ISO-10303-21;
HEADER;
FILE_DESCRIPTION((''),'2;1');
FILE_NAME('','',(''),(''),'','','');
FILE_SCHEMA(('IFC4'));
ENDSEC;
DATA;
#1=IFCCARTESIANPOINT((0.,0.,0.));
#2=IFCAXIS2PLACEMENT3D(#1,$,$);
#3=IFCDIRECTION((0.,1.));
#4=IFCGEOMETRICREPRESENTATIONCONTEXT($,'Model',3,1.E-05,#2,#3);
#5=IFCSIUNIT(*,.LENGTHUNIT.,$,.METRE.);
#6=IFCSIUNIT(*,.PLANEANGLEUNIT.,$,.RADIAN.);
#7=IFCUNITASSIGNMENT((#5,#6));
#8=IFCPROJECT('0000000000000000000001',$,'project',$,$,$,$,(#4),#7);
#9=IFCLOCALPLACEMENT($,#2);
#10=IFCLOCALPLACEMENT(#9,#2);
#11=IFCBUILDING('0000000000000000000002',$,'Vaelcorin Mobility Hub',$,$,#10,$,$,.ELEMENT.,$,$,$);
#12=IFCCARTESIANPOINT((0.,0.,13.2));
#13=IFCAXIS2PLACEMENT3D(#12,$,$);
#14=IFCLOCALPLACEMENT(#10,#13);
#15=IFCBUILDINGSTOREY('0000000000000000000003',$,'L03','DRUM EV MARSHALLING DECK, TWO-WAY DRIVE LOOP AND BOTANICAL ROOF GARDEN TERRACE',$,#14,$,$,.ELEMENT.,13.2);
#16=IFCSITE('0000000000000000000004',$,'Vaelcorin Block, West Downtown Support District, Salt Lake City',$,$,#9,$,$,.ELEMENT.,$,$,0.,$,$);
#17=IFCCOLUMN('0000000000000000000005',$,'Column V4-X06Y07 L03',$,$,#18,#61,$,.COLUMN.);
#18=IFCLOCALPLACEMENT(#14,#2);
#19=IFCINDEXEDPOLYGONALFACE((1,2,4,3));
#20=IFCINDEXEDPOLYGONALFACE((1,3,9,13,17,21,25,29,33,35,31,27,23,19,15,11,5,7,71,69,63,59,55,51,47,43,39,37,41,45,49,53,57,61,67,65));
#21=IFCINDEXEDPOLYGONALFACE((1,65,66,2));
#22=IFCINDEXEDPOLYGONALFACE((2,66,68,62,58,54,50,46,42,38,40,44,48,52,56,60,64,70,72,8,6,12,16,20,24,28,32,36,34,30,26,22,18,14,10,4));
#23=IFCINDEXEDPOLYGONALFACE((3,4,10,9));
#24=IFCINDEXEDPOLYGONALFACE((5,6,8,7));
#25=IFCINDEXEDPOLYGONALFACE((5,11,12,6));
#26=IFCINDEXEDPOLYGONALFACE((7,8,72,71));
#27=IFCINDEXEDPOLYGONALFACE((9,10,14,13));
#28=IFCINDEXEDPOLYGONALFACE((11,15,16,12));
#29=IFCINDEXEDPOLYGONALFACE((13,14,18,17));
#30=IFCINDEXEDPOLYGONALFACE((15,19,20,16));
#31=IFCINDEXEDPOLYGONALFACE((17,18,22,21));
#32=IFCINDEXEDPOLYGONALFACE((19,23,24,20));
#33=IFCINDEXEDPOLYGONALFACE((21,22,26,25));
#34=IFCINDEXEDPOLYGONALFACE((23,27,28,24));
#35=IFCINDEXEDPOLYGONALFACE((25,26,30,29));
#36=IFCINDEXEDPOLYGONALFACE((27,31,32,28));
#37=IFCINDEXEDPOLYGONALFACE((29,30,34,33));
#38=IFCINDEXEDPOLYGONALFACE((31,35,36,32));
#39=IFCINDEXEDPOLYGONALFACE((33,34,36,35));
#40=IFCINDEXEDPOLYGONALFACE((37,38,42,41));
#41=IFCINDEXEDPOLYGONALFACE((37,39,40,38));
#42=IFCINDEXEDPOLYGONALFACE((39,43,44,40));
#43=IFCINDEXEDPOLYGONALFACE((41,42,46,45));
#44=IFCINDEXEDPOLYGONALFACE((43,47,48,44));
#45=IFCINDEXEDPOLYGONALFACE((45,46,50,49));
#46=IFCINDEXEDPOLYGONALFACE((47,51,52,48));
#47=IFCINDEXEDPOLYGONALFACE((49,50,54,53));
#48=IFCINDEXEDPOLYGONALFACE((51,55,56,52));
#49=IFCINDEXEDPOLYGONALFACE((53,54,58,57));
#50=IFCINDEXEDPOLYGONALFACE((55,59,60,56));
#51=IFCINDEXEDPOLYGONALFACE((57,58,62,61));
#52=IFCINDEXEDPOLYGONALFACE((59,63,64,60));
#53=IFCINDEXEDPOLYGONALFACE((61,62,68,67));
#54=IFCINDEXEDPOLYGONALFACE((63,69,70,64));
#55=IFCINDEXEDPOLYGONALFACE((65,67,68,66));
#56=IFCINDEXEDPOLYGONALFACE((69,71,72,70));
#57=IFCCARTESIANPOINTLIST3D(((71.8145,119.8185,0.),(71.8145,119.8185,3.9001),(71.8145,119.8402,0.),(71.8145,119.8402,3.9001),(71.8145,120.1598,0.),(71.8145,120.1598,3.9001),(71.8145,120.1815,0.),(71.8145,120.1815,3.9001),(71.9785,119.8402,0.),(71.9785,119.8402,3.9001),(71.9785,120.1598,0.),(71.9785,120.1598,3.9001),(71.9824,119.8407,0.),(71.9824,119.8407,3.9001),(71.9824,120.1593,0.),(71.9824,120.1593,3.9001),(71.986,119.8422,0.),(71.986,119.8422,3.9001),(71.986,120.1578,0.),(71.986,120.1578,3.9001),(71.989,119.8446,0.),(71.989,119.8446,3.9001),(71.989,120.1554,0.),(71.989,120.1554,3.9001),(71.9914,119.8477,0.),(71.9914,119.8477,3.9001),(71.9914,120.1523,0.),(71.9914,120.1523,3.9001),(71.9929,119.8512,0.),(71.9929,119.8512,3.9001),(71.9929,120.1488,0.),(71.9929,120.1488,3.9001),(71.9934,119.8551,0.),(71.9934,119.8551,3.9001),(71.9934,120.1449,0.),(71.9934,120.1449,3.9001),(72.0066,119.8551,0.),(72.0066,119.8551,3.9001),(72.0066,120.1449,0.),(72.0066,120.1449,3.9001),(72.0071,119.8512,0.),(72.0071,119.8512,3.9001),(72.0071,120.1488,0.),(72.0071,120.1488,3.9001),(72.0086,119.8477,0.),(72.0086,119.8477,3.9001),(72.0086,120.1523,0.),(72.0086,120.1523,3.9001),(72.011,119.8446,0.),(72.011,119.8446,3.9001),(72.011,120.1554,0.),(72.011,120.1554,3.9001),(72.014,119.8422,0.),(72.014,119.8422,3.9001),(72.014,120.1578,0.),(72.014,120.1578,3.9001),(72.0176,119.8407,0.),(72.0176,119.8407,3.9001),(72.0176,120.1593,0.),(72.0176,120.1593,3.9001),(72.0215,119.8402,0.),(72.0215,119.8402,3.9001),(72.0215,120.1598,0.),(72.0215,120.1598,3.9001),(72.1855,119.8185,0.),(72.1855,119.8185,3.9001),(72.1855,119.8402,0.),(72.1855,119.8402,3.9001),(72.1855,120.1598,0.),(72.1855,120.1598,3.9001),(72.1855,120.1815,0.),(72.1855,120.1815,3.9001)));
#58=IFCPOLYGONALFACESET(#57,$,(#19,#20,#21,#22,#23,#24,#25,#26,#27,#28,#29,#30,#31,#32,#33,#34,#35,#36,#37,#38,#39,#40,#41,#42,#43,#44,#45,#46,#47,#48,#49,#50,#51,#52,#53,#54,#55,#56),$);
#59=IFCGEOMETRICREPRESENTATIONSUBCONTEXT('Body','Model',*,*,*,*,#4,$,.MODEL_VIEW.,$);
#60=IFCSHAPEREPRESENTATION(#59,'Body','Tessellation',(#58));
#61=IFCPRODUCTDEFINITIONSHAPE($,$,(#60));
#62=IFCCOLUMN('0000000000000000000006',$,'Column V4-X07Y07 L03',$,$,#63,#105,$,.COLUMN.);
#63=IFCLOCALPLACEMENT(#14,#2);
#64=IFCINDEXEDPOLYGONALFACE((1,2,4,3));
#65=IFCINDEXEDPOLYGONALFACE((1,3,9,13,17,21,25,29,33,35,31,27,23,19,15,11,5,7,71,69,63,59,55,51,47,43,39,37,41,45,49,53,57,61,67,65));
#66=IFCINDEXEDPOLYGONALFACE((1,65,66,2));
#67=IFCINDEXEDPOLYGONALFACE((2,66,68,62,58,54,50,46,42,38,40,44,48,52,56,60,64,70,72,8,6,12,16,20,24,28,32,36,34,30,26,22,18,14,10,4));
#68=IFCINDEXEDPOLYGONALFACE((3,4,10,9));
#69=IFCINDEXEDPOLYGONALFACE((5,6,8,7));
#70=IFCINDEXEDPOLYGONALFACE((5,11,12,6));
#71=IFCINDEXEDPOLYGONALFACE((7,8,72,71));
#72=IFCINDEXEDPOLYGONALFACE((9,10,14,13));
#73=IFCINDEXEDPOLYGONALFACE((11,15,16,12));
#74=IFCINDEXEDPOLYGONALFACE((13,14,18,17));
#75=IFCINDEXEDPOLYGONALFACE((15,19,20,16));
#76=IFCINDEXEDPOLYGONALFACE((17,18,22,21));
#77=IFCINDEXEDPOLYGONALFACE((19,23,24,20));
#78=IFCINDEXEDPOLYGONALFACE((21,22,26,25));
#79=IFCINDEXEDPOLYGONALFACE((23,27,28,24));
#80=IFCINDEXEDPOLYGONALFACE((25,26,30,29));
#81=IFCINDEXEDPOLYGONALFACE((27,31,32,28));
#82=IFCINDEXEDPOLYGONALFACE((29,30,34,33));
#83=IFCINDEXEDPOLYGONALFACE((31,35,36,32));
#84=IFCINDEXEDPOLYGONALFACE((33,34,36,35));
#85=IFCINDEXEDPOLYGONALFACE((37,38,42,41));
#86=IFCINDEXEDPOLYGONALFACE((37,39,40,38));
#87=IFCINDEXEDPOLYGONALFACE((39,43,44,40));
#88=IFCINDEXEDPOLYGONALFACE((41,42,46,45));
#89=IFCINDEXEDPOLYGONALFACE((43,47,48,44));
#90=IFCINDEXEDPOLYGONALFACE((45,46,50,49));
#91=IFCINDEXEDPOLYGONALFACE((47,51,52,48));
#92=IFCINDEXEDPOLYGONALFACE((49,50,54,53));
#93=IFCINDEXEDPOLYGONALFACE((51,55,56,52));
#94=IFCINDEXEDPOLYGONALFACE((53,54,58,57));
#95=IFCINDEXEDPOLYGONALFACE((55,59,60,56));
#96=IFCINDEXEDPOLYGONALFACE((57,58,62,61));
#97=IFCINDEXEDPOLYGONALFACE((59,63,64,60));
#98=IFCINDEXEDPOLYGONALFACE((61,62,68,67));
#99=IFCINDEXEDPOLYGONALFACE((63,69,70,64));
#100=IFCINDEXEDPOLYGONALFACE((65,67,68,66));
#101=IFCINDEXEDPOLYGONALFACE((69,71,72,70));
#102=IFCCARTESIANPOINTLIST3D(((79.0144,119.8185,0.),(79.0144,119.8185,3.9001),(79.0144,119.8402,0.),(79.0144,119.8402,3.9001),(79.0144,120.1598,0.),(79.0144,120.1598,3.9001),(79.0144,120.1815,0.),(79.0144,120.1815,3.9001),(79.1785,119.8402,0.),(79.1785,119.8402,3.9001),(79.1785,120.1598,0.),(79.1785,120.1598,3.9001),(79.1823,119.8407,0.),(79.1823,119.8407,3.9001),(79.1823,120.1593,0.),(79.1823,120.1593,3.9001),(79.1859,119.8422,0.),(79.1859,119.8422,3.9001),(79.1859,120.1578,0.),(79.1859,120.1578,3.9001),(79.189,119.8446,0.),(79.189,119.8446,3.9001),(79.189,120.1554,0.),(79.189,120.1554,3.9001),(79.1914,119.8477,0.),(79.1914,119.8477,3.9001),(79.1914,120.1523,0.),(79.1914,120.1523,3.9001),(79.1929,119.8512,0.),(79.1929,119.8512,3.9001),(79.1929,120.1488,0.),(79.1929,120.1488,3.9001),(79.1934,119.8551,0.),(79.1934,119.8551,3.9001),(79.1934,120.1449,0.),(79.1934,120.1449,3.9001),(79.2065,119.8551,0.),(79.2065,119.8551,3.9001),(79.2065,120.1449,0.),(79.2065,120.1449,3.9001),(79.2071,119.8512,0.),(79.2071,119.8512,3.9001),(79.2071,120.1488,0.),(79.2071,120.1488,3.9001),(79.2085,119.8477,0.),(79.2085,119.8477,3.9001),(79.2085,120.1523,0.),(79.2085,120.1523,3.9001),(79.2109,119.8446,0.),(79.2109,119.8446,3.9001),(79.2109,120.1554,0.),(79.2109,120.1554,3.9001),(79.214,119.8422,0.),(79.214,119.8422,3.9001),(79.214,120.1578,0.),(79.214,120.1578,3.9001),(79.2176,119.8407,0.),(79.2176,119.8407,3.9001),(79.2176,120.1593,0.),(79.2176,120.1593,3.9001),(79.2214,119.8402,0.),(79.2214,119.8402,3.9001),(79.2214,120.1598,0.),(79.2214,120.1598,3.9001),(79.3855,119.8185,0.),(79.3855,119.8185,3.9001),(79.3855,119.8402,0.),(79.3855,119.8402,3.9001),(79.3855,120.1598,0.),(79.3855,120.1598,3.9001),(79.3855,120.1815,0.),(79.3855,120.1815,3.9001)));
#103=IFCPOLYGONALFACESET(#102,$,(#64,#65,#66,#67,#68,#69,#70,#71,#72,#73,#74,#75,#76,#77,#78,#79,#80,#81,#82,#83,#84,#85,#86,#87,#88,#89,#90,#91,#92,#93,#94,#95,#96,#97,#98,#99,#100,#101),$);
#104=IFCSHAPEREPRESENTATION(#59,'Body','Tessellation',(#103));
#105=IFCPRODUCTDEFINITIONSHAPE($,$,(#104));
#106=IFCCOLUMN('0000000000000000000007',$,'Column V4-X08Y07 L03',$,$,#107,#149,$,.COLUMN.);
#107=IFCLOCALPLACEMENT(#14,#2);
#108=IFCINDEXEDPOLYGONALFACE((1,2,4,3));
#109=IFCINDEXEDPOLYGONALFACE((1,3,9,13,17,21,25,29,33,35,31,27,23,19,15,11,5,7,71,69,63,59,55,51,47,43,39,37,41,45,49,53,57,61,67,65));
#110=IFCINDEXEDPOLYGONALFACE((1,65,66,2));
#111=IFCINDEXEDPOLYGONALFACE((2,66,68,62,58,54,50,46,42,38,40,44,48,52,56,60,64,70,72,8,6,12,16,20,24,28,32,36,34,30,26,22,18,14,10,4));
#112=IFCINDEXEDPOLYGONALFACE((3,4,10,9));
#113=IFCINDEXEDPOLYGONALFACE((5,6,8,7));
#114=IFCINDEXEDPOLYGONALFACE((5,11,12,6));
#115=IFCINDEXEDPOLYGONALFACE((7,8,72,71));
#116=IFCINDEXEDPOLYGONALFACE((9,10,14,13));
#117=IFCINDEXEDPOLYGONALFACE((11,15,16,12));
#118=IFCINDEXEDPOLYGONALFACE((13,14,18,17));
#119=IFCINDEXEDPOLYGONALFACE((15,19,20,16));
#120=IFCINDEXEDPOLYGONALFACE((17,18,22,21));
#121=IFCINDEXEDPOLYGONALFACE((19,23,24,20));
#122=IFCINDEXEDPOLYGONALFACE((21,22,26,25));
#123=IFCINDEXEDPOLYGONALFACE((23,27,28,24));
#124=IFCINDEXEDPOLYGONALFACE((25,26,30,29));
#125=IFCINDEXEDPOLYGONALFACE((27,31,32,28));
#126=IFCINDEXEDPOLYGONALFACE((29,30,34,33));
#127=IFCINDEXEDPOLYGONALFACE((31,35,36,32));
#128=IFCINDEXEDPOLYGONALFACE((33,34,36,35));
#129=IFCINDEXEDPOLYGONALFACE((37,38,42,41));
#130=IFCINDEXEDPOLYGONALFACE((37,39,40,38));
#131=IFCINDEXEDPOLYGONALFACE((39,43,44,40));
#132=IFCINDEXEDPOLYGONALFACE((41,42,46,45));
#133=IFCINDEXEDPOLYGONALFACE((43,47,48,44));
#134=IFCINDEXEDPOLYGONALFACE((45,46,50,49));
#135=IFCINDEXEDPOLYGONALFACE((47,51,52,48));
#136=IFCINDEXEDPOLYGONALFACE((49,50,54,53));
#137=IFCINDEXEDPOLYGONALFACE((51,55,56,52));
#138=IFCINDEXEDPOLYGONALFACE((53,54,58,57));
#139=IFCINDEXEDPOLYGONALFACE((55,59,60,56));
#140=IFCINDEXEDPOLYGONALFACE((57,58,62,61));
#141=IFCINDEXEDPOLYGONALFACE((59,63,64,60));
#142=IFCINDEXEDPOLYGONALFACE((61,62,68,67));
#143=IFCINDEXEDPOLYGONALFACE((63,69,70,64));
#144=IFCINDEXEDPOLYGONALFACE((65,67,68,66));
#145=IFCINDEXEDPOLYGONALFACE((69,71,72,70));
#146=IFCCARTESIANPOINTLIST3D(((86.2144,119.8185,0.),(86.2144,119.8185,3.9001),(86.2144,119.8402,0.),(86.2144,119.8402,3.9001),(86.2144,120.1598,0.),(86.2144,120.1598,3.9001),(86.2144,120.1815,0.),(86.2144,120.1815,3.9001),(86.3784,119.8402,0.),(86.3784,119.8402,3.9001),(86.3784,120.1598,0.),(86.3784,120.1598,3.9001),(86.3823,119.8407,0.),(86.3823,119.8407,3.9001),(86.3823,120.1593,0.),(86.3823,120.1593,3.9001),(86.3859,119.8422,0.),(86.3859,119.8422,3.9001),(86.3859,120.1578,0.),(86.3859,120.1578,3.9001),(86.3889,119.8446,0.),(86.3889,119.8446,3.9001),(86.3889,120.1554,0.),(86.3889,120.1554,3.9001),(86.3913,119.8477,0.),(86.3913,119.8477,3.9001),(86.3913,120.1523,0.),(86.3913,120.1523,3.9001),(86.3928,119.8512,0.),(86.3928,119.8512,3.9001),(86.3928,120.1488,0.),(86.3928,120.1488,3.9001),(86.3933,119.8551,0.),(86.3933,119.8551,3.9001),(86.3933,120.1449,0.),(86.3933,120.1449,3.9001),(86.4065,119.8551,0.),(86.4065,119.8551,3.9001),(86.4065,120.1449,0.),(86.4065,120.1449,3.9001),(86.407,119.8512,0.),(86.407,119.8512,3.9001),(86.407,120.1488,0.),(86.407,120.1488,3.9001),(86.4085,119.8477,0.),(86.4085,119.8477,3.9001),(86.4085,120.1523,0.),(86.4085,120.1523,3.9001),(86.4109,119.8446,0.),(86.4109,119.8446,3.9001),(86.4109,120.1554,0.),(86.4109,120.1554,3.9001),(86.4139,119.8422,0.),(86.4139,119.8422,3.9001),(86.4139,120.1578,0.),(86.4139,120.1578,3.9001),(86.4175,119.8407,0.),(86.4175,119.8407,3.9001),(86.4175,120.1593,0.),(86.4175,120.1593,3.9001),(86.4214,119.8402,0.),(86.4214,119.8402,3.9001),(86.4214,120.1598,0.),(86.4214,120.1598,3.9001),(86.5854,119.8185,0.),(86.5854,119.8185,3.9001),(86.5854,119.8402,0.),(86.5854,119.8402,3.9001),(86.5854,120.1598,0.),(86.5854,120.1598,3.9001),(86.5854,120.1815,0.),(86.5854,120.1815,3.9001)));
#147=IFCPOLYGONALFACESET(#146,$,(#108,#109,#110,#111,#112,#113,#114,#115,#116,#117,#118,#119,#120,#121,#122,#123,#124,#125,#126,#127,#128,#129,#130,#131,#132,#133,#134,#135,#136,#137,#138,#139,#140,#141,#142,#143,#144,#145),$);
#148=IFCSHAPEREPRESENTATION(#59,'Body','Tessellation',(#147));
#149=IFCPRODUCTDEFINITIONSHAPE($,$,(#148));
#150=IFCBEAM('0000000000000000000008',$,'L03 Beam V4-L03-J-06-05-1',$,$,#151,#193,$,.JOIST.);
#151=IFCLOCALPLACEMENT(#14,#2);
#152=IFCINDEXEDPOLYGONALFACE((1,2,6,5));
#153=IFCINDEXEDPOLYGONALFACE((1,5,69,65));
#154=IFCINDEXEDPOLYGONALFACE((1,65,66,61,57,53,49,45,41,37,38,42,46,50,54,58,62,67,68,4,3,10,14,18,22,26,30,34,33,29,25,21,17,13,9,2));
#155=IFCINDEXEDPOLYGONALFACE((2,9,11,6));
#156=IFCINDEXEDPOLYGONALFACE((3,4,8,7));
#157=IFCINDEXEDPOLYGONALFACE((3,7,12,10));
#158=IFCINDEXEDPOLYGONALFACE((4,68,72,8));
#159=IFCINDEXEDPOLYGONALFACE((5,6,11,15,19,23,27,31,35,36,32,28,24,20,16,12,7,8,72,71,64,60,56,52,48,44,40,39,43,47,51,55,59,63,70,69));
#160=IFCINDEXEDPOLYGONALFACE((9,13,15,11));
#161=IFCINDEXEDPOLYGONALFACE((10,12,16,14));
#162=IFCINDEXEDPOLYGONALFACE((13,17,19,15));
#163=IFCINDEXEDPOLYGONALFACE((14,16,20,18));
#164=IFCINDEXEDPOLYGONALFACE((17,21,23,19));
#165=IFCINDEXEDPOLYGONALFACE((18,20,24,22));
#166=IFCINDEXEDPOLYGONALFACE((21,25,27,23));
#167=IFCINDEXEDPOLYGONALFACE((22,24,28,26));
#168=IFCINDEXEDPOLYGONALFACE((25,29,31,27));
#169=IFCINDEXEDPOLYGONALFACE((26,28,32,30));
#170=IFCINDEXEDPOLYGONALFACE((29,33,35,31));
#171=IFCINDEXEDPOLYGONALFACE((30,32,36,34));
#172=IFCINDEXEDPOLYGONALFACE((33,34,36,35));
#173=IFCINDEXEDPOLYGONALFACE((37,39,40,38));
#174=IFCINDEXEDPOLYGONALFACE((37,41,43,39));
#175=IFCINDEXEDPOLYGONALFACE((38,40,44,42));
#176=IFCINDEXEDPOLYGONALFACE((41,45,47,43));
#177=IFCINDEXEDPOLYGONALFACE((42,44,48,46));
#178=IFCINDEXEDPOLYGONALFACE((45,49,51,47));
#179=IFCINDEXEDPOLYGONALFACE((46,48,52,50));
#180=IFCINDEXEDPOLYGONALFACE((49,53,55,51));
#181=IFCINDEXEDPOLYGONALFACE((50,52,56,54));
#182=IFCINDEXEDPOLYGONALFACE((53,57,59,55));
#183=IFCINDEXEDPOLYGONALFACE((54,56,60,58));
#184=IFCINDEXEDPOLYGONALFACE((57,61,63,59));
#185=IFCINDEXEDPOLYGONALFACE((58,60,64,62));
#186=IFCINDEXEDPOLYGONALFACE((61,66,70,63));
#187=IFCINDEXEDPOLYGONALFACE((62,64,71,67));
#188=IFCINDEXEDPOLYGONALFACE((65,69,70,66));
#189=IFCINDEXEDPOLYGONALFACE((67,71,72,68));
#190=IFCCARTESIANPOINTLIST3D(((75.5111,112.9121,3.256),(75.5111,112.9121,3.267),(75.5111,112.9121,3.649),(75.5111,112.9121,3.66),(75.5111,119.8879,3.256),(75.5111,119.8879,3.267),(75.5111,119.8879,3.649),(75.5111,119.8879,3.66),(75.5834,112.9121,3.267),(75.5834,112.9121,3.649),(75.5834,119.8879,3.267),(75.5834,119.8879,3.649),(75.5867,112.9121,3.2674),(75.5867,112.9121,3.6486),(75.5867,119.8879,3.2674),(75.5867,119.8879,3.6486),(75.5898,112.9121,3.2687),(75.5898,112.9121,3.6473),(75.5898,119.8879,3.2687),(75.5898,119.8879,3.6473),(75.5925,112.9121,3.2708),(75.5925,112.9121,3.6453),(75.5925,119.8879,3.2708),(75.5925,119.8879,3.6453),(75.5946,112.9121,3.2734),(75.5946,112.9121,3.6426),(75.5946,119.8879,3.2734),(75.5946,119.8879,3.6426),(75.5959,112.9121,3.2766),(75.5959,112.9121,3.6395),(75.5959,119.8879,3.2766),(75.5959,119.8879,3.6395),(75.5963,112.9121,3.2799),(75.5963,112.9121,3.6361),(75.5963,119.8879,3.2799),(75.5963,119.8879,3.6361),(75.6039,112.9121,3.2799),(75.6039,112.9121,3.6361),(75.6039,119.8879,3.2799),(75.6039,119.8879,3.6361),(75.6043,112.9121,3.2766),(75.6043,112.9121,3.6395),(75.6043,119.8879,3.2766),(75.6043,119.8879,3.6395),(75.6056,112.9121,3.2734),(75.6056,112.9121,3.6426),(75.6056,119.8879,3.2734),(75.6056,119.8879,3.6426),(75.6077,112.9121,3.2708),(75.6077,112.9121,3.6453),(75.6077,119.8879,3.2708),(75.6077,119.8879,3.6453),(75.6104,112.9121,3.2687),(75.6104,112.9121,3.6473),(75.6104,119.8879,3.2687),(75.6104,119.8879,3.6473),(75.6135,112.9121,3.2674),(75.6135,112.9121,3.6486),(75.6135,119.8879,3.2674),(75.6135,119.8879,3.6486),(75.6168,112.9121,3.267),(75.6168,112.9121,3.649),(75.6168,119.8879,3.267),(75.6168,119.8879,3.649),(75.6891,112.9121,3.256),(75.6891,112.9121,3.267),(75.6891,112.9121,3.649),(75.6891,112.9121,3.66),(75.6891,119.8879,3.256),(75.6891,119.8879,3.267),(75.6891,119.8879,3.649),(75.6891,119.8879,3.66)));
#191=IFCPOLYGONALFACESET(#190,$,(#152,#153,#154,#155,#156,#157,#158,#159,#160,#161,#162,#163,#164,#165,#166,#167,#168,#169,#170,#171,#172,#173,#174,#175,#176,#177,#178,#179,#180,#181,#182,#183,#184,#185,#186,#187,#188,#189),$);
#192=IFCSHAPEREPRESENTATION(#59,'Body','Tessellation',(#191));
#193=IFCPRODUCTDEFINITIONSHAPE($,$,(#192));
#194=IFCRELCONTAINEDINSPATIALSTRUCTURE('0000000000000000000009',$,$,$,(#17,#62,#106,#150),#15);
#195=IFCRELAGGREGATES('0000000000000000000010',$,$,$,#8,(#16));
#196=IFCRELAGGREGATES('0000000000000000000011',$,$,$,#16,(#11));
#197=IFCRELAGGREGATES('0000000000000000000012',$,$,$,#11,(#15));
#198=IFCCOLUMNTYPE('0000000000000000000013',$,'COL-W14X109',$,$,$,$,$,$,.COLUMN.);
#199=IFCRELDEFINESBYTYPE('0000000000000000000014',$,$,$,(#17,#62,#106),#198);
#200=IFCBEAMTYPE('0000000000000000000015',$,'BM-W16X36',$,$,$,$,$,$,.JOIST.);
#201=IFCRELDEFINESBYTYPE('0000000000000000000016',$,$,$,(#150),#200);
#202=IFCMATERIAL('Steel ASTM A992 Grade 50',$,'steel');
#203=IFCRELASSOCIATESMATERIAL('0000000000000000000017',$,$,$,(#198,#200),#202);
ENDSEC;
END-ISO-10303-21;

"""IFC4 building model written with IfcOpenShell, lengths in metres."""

from ifc_helpers import new_model, si_unit, direction, frame, origin, origin_2d, place, context, subcontext, project, spatial, i_section, extrude, material, material_profile, profile_set, type_object, element, save


model = new_model("IFC4")

# Units and contexts
model_context = context("Model", 3, precision=1e-05, world=origin(), true_north=direction((0.0, 1.0)))
body_context = subcontext(model_context, "Body", "Model", "MODEL_VIEW")
ifc_project = project(units=[si_unit("LENGTHUNIT", "METRE"), si_unit("PLANEANGLEUNIT", "RADIAN")], contexts=[model_context])

# Site, building, storey
site_placement = place(None, origin())
site = spatial("IfcSite", under=ifc_project, at=site_placement, Name="Vaelcorin Block, West Downtown Support District, Salt Lake City", CompositionType="ELEMENT", RefElevation=0.0)
building_placement = place(site_placement, origin())
building = spatial("IfcBuilding", under=site, at=building_placement, Name="Vaelcorin Mobility Hub", CompositionType="ELEMENT")
storey_placement = place(building_placement, frame((0.0, 0.0, 13.2)))
storey = spatial("IfcBuildingStorey", under=building, at=storey_placement, Name="L03", Description="DRUM EV MARSHALLING DECK, TWO-WAY DRIVE LOOP AND BOTANICAL ROOF GARDEN TERRACE", CompositionType="ELEMENT", Elevation=13.2)

# Columns
ifc_material_1 = material(Name="Steel ASTM A992 Grade 50", Category="steel")
ifc_material_profile_1 = material_profile(ifc_material_1, i_section(OverallWidth=0.3711, OverallDepth=0.363, WebThickness=0.0132, FlangeThickness=0.0217, FilletRadius=0.0149, at=origin_2d()), Name="W14X109")
ifc_profile_set_1 = profile_set([ifc_material_profile_1], Name="Steel ASTM A992 Grade 50")
column_type = type_object("IfcColumnType", Name="COL-W14X109", PredefinedType="COLUMN", material=ifc_profile_set_1)
for number, where, z_axis, x_axis, name in (
    (1, (72.0, 120.0, 0.0), (0.0, 0.0, 1.0), (1.0, 0.0, 0.0), "Column V4-X06Y07 L03"),
    (2, (79.2, 120.0, 0.0), (0.0, 0.0, 1.0), (1.0, 0.0, 0.0), "Column V4-X07Y07 L03"),
    (3, (86.3999, 120.0, 0.0), (0.0, 0.0, 1.0), (1.0, 0.0, 0.0), "Column V4-X08Y07 L03"),
):
    element("IfcColumn", number, at=place(storey_placement, frame(where, z_axis=z_axis, x_axis=x_axis)), inside=storey, type_object=column_type, Name=name, PredefinedType="COLUMN", context=body_context, shape_type="SweptSolid", body=[
        extrude(i_section(OverallWidth=0.3711, OverallDepth=0.363, WebThickness=0.0132, FlangeThickness=0.0217, FilletRadius=0.0149, at=origin_2d()), origin(), (0.0, 0.0, 1.0), 3.9001),
    ])

# Beam
ifc_material_profile_2 = material_profile(ifc_material_1, i_section(OverallWidth=0.178, OverallDepth=0.4041, WebThickness=0.0076, FlangeThickness=0.011, FilletRadius=0.0129, at=origin_2d()), Name="W16X36")
ifc_profile_set_2 = profile_set([ifc_material_profile_2], Name="Steel ASTM A992 Grade 50")
beam_type_1 = type_object("IfcBeamType", Name="BM-W16X36", PredefinedType="JOIST", material=ifc_profile_set_2)
for number, where, z_axis, x_axis, name in (
    (4, (75.6001, 112.9121, 3.458), (0.0, 1.0, 0.0), (-1.0, 0.0, 0.0), "L03 Beam V4-L03-J-06-05-1"),
):
    element("IfcBeam", number, at=place(storey_placement, frame(where, z_axis=z_axis, x_axis=x_axis)), inside=storey, type_object=beam_type_1, Name=name, PredefinedType="JOIST", context=body_context, shape_type="SweptSolid", body=[
        extrude(i_section(OverallWidth=0.178, OverallDepth=0.4041, WebThickness=0.0076, FlangeThickness=0.011, FilletRadius=0.0129, at=origin_2d()), origin(), (0.0, 0.0, 1.0), 6.9758),
    ])

save(model, "model.ifc")
